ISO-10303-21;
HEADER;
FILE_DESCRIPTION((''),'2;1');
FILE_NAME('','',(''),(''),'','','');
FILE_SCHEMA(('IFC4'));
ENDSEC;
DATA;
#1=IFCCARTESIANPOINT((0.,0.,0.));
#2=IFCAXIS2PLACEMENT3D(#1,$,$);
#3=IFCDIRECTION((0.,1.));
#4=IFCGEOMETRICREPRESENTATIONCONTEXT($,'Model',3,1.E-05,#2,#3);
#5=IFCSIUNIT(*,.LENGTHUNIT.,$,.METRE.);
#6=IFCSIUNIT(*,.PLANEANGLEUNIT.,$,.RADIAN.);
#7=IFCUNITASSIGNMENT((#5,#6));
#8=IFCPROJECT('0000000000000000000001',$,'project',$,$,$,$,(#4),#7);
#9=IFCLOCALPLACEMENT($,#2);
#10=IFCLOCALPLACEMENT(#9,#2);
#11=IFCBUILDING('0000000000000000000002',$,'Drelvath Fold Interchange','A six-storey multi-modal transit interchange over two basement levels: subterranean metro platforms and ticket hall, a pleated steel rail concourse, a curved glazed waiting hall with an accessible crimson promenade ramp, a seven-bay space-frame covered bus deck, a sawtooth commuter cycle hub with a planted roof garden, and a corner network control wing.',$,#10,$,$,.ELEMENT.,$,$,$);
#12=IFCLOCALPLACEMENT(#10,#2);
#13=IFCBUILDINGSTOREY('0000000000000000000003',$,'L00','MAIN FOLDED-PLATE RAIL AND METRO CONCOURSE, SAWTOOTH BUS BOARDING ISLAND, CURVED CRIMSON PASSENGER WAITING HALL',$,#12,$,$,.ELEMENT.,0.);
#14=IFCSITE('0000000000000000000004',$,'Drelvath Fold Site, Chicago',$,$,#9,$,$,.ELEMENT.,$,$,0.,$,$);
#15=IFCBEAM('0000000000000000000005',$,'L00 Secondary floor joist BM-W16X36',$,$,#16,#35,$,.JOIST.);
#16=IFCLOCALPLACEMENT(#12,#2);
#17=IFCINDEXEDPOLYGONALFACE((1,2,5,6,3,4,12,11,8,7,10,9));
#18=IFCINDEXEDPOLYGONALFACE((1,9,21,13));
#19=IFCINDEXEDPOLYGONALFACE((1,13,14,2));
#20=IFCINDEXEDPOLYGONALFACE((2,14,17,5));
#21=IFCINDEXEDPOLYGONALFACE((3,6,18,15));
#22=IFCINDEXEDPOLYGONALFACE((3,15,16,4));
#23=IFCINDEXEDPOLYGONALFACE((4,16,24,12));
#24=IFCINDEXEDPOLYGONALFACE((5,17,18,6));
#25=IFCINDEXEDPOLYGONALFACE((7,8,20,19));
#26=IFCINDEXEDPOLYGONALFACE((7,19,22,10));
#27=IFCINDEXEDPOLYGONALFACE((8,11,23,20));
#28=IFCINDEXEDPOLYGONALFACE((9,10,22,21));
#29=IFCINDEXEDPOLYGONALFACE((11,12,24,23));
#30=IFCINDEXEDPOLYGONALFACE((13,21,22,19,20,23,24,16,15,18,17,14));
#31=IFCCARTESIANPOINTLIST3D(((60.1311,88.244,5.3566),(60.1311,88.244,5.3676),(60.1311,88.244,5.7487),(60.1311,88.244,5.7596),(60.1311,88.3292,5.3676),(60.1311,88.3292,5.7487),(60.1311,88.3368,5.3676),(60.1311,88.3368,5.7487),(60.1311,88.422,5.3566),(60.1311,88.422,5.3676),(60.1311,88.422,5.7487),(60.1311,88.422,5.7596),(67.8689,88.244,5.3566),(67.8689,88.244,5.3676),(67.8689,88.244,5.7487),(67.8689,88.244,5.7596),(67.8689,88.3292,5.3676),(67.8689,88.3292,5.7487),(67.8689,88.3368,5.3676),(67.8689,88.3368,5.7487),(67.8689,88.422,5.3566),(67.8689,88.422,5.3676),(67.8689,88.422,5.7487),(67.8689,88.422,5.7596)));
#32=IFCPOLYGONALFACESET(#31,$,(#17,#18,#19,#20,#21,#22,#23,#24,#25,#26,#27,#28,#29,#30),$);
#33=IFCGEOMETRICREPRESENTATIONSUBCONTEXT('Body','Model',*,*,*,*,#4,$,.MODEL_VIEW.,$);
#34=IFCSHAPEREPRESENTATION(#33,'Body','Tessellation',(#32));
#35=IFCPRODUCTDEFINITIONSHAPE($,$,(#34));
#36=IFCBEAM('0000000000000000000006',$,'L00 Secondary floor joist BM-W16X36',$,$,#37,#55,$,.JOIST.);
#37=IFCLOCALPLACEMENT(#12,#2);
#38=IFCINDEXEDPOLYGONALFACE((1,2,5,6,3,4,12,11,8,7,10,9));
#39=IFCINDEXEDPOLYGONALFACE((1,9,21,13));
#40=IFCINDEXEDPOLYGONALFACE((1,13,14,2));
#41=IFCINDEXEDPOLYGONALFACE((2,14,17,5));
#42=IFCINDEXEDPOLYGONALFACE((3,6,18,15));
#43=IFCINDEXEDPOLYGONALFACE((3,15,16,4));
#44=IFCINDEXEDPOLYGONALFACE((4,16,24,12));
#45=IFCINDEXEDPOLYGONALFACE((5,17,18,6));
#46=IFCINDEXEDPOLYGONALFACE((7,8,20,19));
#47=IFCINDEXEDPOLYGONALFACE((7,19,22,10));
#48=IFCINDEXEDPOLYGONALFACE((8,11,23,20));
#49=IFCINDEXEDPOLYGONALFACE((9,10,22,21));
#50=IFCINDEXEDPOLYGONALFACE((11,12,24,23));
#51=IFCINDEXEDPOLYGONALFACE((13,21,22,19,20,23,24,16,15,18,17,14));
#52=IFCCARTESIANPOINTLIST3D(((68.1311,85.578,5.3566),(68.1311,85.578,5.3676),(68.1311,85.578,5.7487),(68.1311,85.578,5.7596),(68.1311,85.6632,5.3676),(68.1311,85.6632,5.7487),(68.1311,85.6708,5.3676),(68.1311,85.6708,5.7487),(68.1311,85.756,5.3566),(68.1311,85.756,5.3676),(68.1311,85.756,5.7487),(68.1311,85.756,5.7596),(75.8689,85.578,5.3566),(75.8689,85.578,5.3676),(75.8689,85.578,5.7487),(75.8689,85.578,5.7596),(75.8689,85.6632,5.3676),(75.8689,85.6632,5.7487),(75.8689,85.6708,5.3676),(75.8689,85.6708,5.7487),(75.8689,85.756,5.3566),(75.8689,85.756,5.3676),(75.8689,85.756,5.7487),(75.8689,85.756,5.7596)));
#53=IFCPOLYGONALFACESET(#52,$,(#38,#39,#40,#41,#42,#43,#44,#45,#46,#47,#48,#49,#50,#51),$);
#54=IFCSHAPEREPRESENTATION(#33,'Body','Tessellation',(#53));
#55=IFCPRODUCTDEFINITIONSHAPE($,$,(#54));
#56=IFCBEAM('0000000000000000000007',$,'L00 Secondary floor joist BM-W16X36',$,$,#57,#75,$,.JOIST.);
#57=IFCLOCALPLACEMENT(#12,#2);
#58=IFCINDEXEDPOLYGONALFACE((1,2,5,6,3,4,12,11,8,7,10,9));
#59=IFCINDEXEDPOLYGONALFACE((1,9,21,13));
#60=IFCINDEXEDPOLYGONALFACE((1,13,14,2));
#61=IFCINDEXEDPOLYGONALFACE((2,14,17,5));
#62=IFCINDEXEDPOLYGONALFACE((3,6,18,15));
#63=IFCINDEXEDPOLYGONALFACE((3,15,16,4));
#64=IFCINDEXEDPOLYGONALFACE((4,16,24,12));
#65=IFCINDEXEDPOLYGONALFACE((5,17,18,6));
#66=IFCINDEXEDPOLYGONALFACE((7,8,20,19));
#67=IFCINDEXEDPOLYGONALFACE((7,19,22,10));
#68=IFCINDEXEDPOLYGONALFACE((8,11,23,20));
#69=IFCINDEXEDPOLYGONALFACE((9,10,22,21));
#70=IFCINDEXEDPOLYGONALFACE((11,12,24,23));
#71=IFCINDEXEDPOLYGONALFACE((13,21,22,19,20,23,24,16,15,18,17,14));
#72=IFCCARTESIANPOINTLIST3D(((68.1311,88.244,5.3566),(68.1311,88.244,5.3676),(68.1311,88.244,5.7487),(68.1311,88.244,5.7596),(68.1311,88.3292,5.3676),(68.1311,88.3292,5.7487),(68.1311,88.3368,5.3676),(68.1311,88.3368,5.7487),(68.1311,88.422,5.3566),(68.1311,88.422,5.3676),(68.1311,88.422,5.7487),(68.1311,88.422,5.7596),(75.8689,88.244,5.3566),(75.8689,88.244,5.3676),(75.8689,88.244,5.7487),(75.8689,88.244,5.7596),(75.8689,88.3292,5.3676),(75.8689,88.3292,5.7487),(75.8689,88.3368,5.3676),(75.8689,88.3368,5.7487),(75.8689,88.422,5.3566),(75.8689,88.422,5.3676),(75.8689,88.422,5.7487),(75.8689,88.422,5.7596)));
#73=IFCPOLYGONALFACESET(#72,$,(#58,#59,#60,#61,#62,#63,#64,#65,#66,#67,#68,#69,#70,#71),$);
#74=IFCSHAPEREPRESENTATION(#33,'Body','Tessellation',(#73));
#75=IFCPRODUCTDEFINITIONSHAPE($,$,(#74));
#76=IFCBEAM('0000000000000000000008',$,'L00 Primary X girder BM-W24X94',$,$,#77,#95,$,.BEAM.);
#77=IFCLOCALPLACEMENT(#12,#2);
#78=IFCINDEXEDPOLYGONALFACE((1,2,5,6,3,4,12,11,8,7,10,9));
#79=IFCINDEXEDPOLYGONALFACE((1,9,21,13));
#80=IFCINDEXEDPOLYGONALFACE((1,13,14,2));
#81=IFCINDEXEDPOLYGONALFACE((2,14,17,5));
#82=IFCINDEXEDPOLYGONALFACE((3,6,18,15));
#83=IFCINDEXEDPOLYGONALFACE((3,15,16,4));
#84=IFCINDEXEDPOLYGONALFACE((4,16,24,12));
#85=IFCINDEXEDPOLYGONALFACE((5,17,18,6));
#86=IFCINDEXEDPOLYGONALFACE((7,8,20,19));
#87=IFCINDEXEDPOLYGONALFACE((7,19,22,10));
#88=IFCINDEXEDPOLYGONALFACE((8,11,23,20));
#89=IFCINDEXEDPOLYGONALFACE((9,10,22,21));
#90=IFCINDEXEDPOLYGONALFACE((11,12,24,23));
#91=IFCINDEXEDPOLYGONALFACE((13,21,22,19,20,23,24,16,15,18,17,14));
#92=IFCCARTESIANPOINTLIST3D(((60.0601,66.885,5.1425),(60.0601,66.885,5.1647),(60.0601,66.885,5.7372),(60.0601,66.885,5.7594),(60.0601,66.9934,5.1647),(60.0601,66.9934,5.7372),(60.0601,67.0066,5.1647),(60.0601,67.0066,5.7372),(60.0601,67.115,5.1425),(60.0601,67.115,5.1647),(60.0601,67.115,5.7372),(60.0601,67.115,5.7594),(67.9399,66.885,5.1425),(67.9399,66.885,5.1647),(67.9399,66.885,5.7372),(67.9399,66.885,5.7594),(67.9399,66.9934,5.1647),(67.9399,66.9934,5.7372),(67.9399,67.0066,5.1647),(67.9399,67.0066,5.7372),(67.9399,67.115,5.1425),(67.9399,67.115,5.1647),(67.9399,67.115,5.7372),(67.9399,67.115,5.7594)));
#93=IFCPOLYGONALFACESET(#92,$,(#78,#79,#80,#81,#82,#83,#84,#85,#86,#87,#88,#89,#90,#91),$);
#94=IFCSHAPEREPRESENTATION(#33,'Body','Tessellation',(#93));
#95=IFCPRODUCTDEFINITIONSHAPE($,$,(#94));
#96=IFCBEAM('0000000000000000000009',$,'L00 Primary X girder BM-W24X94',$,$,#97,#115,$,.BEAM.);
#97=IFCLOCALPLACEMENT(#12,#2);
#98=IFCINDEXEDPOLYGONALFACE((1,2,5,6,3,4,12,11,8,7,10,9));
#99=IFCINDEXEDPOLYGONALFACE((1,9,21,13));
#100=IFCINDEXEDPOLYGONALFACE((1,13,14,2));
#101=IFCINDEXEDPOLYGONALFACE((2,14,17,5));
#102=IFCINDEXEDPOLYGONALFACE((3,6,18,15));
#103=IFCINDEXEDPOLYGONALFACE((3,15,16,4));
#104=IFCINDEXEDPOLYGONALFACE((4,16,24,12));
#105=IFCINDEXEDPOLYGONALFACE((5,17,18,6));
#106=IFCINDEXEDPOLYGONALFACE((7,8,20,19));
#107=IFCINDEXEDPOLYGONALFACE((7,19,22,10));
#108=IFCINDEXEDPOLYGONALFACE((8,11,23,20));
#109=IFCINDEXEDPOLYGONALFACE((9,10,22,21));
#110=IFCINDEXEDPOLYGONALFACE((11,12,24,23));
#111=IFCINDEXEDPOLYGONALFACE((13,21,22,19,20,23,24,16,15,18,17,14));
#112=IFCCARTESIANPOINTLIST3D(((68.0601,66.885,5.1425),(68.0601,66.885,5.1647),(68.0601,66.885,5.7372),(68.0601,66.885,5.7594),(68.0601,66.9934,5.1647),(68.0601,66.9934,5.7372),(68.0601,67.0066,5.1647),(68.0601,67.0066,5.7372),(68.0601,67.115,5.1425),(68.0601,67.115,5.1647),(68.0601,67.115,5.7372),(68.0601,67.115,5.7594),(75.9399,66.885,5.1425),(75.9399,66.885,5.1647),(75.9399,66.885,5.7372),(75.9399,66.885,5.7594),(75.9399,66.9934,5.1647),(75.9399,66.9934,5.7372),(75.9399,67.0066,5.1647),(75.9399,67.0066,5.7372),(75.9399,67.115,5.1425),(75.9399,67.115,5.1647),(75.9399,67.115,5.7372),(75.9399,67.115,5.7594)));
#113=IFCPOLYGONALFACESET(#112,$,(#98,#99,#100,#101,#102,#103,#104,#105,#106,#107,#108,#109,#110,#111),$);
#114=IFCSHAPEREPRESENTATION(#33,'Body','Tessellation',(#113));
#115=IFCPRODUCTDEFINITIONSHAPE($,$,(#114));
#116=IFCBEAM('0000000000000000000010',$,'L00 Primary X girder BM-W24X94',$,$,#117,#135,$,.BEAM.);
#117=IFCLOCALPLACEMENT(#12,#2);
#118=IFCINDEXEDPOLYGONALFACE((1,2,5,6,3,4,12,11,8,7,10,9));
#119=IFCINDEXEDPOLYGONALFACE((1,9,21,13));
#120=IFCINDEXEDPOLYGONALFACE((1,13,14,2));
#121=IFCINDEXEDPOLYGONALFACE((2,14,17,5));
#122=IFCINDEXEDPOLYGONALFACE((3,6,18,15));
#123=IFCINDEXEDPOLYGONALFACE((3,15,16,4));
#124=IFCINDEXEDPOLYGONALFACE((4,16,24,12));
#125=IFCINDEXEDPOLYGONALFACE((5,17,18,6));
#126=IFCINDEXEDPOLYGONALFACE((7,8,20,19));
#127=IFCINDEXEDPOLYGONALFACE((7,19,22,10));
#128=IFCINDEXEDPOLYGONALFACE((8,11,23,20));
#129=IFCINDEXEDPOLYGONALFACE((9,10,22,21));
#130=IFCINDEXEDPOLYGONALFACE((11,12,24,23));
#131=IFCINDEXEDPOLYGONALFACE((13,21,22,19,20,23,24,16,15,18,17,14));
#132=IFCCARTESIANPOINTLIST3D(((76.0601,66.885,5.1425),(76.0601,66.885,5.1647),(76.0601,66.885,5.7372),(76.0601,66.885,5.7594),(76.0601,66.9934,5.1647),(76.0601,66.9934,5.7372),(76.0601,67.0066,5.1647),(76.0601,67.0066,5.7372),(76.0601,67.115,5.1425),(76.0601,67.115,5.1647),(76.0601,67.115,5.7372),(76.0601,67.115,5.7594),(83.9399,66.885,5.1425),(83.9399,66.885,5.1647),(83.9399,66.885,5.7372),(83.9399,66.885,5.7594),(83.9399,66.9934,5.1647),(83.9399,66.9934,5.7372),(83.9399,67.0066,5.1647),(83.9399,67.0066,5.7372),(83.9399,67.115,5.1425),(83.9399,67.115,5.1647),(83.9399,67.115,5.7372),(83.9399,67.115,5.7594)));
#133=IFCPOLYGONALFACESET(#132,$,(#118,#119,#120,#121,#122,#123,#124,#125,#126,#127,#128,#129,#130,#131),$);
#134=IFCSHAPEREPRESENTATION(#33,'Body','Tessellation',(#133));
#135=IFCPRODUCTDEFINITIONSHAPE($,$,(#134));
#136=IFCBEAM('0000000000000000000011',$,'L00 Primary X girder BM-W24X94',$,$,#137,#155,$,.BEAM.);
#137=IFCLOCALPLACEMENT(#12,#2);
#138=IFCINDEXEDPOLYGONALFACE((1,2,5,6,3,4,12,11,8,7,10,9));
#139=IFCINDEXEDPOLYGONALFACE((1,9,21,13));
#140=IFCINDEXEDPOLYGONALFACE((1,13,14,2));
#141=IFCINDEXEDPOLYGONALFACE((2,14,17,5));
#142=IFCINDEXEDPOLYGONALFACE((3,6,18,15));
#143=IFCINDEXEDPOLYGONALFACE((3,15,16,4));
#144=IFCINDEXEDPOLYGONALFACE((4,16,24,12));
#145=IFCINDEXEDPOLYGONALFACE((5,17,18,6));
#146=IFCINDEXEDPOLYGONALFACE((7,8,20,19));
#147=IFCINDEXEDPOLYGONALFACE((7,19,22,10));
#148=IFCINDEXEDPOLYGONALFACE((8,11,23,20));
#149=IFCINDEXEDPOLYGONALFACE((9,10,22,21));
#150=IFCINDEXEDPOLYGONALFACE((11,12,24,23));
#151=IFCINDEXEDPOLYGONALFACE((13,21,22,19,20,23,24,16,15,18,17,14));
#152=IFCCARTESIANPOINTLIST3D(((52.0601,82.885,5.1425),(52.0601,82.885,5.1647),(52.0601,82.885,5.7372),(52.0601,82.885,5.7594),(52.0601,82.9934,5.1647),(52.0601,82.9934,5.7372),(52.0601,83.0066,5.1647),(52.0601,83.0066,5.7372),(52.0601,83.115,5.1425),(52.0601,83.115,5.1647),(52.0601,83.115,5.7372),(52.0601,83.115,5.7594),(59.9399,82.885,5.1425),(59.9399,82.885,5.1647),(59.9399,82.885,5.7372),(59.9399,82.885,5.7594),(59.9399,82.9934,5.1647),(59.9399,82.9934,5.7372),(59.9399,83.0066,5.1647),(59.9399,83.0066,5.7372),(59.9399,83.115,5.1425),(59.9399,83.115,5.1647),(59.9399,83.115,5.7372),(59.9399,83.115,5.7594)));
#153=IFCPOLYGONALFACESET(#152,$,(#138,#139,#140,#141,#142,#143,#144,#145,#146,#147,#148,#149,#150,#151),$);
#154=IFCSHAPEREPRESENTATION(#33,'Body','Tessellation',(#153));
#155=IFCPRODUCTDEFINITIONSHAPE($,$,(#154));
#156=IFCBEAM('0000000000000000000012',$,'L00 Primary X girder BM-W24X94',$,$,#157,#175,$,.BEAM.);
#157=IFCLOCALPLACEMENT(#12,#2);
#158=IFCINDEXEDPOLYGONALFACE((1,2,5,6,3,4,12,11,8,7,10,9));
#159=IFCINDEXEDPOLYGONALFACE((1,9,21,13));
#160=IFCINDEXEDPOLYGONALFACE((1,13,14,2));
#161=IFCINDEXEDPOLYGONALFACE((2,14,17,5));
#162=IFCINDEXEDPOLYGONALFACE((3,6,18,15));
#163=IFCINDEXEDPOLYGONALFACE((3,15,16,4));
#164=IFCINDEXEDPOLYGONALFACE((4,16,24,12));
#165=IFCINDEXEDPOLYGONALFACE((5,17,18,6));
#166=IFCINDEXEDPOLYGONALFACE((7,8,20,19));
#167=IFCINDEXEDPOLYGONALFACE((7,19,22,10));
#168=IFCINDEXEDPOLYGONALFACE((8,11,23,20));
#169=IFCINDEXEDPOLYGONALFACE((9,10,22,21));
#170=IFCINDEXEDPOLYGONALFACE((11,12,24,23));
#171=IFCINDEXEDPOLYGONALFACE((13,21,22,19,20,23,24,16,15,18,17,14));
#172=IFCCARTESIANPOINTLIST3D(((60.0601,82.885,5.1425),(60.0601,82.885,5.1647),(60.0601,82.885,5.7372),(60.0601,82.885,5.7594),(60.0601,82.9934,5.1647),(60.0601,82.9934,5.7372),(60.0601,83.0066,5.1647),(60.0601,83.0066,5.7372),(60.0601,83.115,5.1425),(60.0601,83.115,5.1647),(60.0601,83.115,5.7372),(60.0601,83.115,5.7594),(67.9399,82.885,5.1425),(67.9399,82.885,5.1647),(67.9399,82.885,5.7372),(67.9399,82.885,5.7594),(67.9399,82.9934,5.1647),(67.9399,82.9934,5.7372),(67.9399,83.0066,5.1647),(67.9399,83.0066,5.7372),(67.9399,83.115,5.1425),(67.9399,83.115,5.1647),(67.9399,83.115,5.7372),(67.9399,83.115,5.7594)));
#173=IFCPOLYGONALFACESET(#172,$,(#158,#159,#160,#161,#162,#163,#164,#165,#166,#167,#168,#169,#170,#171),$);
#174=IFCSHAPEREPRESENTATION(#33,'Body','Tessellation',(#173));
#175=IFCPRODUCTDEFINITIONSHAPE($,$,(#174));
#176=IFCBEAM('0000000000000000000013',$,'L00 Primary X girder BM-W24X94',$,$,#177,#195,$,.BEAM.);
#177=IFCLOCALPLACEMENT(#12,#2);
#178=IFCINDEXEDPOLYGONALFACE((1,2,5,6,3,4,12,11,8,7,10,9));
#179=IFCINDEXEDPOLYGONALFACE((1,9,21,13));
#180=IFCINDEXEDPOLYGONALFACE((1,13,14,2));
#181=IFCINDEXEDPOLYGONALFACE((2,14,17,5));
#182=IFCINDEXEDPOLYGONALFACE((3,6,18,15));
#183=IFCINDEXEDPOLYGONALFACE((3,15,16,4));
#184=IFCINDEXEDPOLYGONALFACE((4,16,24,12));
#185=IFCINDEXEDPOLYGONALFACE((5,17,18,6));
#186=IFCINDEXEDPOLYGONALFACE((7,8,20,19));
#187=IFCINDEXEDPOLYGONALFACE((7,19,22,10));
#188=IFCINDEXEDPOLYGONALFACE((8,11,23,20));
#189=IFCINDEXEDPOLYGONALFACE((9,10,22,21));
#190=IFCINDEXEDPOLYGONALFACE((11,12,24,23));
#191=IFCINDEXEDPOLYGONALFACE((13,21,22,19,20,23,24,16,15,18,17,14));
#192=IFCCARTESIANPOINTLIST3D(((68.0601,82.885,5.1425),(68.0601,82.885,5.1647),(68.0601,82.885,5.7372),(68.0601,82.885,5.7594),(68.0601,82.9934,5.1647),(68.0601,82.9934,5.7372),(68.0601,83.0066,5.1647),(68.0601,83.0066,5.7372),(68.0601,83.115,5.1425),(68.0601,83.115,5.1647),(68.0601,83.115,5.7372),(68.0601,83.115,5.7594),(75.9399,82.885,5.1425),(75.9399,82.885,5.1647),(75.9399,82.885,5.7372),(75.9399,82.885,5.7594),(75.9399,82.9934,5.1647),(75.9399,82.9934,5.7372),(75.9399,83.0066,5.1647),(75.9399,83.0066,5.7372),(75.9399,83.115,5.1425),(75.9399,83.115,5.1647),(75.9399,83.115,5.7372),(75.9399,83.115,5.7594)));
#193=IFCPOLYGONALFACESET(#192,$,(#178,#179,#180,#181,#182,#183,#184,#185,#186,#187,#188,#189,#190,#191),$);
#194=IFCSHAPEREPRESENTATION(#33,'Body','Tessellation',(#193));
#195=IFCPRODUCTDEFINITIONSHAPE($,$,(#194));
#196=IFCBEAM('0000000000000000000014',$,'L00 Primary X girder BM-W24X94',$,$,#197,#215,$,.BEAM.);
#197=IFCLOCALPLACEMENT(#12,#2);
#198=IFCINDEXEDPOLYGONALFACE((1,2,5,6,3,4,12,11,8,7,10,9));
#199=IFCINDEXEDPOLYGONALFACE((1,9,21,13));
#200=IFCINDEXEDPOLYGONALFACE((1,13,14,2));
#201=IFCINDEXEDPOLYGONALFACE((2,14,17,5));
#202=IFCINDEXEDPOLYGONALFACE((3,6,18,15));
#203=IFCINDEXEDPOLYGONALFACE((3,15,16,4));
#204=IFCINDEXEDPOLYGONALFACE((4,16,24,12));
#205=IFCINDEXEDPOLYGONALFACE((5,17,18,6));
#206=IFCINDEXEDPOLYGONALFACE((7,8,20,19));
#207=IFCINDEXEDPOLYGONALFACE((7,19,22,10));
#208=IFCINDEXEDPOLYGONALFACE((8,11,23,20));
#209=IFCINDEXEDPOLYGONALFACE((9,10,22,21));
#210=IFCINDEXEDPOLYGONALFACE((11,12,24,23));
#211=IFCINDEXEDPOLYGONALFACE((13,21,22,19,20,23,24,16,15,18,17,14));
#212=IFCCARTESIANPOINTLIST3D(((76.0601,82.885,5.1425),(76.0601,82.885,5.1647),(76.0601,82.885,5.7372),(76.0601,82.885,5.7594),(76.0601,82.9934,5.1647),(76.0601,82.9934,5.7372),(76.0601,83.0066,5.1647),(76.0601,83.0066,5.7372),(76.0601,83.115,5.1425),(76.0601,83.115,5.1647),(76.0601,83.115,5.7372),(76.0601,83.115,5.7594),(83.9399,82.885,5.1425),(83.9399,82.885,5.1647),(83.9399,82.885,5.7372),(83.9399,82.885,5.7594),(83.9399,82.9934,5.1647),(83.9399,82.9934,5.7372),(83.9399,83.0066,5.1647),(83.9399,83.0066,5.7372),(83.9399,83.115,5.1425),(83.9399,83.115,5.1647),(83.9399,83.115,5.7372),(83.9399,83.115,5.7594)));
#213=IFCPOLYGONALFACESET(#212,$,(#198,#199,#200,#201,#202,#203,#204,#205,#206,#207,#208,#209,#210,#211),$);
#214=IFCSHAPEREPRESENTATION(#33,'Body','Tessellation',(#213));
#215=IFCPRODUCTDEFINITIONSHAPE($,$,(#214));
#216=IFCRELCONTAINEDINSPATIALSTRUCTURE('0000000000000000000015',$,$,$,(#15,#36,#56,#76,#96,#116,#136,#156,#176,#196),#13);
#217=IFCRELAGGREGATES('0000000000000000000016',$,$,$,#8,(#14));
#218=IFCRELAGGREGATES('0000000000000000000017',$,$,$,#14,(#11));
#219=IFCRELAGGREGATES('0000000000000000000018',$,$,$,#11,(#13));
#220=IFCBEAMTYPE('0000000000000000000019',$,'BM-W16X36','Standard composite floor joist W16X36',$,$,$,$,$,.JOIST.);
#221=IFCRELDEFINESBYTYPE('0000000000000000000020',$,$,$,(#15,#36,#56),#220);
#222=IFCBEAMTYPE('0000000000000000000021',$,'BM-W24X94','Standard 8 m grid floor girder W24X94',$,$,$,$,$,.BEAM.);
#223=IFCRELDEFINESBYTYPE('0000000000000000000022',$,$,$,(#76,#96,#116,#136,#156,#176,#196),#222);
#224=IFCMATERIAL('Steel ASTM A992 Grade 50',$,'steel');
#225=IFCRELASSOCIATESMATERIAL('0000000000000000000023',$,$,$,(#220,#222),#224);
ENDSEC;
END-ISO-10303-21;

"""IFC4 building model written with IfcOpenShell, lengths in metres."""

from ifc_helpers import new_model, si_unit, direction, frame, origin, origin_2d, place, context, subcontext, project, spatial, i_section, extrude, material, material_profile, profile_set, type_object, element, save


model = new_model("IFC4")

# Units and contexts
model_context = context("Model", 3, precision=1e-05, world=origin(), true_north=direction((0.0, 1.0)))
body_context = subcontext(model_context, "Body", "Model", "MODEL_VIEW")
ifc_project = project(units=[si_unit("LENGTHUNIT", "METRE"), si_unit("PLANEANGLEUNIT", "RADIAN")], contexts=[model_context])

# Site, building, storey
site_placement = place(None, origin())
site = spatial("IfcSite", under=ifc_project, at=site_placement, Name="Drelvath Fold Site, Chicago", CompositionType="ELEMENT", RefElevation=0.0)
building_placement = place(site_placement, origin())
building = spatial("IfcBuilding", under=site, at=building_placement, Name="Drelvath Fold Interchange", Description="A six-storey multi-modal transit interchange over two basement levels: subterranean metro platforms and ticket hall, a pleated steel rail concourse, a curved glazed waiting hall with an accessible crimson promenade ramp, a seven-bay space-frame covered bus deck, a sawtooth commuter cycle hub with a planted roof garden, and a corner network control wing.", CompositionType="ELEMENT")
storey_placement = place(building_placement, origin())
storey = spatial("IfcBuildingStorey", under=building, at=storey_placement, Name="L00", Description="MAIN FOLDED-PLATE RAIL AND METRO CONCOURSE, SAWTOOTH BUS BOARDING ISLAND, CURVED CRIMSON PASSENGER WAITING HALL", CompositionType="ELEMENT", Elevation=0.0)

# Beams
ifc_material_1 = material(Name="Steel ASTM A992 Grade 50", Category="steel")
ifc_material_profile_1 = material_profile(ifc_material_1, i_section(OverallWidth=0.178, OverallDepth=0.4031, WebThickness=0.0076, FlangeThickness=0.011, at=origin_2d()), Name="W16X36")
ifc_profile_set_1 = profile_set([ifc_material_profile_1], Name="Steel ASTM A992 Grade 50")
beam_type_1 = type_object("IfcBeamType", Name="BM-W16X36", Description="Standard composite floor joist W16X36", PredefinedType="JOIST", material=ifc_profile_set_1)
for number, where, z_axis, x_axis, name in (
    (1, (60.1311, 88.333, 5.5581), (1.0, 0.0, 0.0), (0.0, 1.0, 0.0), "L00 Secondary floor joist BM-W16X36"),
    (2, (68.1311, 85.667, 5.5581), (1.0, 0.0, 0.0), (0.0, 1.0, 0.0), "L00 Secondary floor joist BM-W16X36"),
    (3, (68.1311, 88.333, 5.5581), (1.0, 0.0, 0.0), (0.0, 1.0, 0.0), "L00 Secondary floor joist BM-W16X36"),
):
    element("IfcBeam", number, at=place(storey_placement, frame(where, z_axis=z_axis, x_axis=x_axis)), inside=storey, type_object=beam_type_1, Name=name, PredefinedType="JOIST", context=body_context, shape_type="SweptSolid", body=[
        extrude(i_section(OverallWidth=0.178, OverallDepth=0.4031, WebThickness=0.0076, FlangeThickness=0.011, at=origin_2d()), origin(), (0.0, 0.0, 1.0), 7.7378),
    ])
ifc_material_profile_2 = material_profile(ifc_material_1, i_section(OverallWidth=0.23, OverallDepth=0.6169, WebThickness=0.0132, FlangeThickness=0.0222, at=origin_2d()), Name="W24X94")
ifc_profile_set_2 = profile_set([ifc_material_profile_2], Name="Steel ASTM A992 Grade 50")
beam_type_2 = type_object("IfcBeamType", Name="BM-W24X94", Description="Standard 8 m grid floor girder W24X94", PredefinedType="BEAM", material=ifc_profile_set_2)
for number, where, z_axis, x_axis, name in (
    (4, (60.0601, 67.0, 5.4509), (1.0, 0.0, 0.0), (0.0, 1.0, 0.0), "L00 Primary X girder BM-W24X94"),
    (5, (68.0601, 67.0, 5.4509), (1.0, 0.0, 0.0), (0.0, 1.0, 0.0), "L00 Primary X girder BM-W24X94"),
    (6, (76.0601, 67.0, 5.4509), (1.0, 0.0, 0.0), (0.0, 1.0, 0.0), "L00 Primary X girder BM-W24X94"),
    (7, (52.0601, 83.0, 5.4509), (1.0, 0.0, 0.0), (0.0, 1.0, 0.0), "L00 Primary X girder BM-W24X94"),
    (8, (60.0601, 83.0, 5.4509), (1.0, 0.0, 0.0), (0.0, 1.0, 0.0), "L00 Primary X girder BM-W24X94"),
    (9, (68.0601, 83.0, 5.4509), (1.0, 0.0, 0.0), (0.0, 1.0, 0.0), "L00 Primary X girder BM-W24X94"),
    (10, (76.0601, 83.0, 5.4509), (1.0, 0.0, 0.0), (0.0, 1.0, 0.0), "L00 Primary X girder BM-W24X94"),
):
    element("IfcBeam", number, at=place(storey_placement, frame(where, z_axis=z_axis, x_axis=x_axis)), inside=storey, type_object=beam_type_2, Name=name, PredefinedType="BEAM", context=body_context, shape_type="SweptSolid", body=[
        extrude(i_section(OverallWidth=0.23, OverallDepth=0.6169, WebThickness=0.0132, FlangeThickness=0.0222, at=origin_2d()), origin(), (0.0, 0.0, 1.0), 7.8799),
    ])

save(model, "model.ifc")
